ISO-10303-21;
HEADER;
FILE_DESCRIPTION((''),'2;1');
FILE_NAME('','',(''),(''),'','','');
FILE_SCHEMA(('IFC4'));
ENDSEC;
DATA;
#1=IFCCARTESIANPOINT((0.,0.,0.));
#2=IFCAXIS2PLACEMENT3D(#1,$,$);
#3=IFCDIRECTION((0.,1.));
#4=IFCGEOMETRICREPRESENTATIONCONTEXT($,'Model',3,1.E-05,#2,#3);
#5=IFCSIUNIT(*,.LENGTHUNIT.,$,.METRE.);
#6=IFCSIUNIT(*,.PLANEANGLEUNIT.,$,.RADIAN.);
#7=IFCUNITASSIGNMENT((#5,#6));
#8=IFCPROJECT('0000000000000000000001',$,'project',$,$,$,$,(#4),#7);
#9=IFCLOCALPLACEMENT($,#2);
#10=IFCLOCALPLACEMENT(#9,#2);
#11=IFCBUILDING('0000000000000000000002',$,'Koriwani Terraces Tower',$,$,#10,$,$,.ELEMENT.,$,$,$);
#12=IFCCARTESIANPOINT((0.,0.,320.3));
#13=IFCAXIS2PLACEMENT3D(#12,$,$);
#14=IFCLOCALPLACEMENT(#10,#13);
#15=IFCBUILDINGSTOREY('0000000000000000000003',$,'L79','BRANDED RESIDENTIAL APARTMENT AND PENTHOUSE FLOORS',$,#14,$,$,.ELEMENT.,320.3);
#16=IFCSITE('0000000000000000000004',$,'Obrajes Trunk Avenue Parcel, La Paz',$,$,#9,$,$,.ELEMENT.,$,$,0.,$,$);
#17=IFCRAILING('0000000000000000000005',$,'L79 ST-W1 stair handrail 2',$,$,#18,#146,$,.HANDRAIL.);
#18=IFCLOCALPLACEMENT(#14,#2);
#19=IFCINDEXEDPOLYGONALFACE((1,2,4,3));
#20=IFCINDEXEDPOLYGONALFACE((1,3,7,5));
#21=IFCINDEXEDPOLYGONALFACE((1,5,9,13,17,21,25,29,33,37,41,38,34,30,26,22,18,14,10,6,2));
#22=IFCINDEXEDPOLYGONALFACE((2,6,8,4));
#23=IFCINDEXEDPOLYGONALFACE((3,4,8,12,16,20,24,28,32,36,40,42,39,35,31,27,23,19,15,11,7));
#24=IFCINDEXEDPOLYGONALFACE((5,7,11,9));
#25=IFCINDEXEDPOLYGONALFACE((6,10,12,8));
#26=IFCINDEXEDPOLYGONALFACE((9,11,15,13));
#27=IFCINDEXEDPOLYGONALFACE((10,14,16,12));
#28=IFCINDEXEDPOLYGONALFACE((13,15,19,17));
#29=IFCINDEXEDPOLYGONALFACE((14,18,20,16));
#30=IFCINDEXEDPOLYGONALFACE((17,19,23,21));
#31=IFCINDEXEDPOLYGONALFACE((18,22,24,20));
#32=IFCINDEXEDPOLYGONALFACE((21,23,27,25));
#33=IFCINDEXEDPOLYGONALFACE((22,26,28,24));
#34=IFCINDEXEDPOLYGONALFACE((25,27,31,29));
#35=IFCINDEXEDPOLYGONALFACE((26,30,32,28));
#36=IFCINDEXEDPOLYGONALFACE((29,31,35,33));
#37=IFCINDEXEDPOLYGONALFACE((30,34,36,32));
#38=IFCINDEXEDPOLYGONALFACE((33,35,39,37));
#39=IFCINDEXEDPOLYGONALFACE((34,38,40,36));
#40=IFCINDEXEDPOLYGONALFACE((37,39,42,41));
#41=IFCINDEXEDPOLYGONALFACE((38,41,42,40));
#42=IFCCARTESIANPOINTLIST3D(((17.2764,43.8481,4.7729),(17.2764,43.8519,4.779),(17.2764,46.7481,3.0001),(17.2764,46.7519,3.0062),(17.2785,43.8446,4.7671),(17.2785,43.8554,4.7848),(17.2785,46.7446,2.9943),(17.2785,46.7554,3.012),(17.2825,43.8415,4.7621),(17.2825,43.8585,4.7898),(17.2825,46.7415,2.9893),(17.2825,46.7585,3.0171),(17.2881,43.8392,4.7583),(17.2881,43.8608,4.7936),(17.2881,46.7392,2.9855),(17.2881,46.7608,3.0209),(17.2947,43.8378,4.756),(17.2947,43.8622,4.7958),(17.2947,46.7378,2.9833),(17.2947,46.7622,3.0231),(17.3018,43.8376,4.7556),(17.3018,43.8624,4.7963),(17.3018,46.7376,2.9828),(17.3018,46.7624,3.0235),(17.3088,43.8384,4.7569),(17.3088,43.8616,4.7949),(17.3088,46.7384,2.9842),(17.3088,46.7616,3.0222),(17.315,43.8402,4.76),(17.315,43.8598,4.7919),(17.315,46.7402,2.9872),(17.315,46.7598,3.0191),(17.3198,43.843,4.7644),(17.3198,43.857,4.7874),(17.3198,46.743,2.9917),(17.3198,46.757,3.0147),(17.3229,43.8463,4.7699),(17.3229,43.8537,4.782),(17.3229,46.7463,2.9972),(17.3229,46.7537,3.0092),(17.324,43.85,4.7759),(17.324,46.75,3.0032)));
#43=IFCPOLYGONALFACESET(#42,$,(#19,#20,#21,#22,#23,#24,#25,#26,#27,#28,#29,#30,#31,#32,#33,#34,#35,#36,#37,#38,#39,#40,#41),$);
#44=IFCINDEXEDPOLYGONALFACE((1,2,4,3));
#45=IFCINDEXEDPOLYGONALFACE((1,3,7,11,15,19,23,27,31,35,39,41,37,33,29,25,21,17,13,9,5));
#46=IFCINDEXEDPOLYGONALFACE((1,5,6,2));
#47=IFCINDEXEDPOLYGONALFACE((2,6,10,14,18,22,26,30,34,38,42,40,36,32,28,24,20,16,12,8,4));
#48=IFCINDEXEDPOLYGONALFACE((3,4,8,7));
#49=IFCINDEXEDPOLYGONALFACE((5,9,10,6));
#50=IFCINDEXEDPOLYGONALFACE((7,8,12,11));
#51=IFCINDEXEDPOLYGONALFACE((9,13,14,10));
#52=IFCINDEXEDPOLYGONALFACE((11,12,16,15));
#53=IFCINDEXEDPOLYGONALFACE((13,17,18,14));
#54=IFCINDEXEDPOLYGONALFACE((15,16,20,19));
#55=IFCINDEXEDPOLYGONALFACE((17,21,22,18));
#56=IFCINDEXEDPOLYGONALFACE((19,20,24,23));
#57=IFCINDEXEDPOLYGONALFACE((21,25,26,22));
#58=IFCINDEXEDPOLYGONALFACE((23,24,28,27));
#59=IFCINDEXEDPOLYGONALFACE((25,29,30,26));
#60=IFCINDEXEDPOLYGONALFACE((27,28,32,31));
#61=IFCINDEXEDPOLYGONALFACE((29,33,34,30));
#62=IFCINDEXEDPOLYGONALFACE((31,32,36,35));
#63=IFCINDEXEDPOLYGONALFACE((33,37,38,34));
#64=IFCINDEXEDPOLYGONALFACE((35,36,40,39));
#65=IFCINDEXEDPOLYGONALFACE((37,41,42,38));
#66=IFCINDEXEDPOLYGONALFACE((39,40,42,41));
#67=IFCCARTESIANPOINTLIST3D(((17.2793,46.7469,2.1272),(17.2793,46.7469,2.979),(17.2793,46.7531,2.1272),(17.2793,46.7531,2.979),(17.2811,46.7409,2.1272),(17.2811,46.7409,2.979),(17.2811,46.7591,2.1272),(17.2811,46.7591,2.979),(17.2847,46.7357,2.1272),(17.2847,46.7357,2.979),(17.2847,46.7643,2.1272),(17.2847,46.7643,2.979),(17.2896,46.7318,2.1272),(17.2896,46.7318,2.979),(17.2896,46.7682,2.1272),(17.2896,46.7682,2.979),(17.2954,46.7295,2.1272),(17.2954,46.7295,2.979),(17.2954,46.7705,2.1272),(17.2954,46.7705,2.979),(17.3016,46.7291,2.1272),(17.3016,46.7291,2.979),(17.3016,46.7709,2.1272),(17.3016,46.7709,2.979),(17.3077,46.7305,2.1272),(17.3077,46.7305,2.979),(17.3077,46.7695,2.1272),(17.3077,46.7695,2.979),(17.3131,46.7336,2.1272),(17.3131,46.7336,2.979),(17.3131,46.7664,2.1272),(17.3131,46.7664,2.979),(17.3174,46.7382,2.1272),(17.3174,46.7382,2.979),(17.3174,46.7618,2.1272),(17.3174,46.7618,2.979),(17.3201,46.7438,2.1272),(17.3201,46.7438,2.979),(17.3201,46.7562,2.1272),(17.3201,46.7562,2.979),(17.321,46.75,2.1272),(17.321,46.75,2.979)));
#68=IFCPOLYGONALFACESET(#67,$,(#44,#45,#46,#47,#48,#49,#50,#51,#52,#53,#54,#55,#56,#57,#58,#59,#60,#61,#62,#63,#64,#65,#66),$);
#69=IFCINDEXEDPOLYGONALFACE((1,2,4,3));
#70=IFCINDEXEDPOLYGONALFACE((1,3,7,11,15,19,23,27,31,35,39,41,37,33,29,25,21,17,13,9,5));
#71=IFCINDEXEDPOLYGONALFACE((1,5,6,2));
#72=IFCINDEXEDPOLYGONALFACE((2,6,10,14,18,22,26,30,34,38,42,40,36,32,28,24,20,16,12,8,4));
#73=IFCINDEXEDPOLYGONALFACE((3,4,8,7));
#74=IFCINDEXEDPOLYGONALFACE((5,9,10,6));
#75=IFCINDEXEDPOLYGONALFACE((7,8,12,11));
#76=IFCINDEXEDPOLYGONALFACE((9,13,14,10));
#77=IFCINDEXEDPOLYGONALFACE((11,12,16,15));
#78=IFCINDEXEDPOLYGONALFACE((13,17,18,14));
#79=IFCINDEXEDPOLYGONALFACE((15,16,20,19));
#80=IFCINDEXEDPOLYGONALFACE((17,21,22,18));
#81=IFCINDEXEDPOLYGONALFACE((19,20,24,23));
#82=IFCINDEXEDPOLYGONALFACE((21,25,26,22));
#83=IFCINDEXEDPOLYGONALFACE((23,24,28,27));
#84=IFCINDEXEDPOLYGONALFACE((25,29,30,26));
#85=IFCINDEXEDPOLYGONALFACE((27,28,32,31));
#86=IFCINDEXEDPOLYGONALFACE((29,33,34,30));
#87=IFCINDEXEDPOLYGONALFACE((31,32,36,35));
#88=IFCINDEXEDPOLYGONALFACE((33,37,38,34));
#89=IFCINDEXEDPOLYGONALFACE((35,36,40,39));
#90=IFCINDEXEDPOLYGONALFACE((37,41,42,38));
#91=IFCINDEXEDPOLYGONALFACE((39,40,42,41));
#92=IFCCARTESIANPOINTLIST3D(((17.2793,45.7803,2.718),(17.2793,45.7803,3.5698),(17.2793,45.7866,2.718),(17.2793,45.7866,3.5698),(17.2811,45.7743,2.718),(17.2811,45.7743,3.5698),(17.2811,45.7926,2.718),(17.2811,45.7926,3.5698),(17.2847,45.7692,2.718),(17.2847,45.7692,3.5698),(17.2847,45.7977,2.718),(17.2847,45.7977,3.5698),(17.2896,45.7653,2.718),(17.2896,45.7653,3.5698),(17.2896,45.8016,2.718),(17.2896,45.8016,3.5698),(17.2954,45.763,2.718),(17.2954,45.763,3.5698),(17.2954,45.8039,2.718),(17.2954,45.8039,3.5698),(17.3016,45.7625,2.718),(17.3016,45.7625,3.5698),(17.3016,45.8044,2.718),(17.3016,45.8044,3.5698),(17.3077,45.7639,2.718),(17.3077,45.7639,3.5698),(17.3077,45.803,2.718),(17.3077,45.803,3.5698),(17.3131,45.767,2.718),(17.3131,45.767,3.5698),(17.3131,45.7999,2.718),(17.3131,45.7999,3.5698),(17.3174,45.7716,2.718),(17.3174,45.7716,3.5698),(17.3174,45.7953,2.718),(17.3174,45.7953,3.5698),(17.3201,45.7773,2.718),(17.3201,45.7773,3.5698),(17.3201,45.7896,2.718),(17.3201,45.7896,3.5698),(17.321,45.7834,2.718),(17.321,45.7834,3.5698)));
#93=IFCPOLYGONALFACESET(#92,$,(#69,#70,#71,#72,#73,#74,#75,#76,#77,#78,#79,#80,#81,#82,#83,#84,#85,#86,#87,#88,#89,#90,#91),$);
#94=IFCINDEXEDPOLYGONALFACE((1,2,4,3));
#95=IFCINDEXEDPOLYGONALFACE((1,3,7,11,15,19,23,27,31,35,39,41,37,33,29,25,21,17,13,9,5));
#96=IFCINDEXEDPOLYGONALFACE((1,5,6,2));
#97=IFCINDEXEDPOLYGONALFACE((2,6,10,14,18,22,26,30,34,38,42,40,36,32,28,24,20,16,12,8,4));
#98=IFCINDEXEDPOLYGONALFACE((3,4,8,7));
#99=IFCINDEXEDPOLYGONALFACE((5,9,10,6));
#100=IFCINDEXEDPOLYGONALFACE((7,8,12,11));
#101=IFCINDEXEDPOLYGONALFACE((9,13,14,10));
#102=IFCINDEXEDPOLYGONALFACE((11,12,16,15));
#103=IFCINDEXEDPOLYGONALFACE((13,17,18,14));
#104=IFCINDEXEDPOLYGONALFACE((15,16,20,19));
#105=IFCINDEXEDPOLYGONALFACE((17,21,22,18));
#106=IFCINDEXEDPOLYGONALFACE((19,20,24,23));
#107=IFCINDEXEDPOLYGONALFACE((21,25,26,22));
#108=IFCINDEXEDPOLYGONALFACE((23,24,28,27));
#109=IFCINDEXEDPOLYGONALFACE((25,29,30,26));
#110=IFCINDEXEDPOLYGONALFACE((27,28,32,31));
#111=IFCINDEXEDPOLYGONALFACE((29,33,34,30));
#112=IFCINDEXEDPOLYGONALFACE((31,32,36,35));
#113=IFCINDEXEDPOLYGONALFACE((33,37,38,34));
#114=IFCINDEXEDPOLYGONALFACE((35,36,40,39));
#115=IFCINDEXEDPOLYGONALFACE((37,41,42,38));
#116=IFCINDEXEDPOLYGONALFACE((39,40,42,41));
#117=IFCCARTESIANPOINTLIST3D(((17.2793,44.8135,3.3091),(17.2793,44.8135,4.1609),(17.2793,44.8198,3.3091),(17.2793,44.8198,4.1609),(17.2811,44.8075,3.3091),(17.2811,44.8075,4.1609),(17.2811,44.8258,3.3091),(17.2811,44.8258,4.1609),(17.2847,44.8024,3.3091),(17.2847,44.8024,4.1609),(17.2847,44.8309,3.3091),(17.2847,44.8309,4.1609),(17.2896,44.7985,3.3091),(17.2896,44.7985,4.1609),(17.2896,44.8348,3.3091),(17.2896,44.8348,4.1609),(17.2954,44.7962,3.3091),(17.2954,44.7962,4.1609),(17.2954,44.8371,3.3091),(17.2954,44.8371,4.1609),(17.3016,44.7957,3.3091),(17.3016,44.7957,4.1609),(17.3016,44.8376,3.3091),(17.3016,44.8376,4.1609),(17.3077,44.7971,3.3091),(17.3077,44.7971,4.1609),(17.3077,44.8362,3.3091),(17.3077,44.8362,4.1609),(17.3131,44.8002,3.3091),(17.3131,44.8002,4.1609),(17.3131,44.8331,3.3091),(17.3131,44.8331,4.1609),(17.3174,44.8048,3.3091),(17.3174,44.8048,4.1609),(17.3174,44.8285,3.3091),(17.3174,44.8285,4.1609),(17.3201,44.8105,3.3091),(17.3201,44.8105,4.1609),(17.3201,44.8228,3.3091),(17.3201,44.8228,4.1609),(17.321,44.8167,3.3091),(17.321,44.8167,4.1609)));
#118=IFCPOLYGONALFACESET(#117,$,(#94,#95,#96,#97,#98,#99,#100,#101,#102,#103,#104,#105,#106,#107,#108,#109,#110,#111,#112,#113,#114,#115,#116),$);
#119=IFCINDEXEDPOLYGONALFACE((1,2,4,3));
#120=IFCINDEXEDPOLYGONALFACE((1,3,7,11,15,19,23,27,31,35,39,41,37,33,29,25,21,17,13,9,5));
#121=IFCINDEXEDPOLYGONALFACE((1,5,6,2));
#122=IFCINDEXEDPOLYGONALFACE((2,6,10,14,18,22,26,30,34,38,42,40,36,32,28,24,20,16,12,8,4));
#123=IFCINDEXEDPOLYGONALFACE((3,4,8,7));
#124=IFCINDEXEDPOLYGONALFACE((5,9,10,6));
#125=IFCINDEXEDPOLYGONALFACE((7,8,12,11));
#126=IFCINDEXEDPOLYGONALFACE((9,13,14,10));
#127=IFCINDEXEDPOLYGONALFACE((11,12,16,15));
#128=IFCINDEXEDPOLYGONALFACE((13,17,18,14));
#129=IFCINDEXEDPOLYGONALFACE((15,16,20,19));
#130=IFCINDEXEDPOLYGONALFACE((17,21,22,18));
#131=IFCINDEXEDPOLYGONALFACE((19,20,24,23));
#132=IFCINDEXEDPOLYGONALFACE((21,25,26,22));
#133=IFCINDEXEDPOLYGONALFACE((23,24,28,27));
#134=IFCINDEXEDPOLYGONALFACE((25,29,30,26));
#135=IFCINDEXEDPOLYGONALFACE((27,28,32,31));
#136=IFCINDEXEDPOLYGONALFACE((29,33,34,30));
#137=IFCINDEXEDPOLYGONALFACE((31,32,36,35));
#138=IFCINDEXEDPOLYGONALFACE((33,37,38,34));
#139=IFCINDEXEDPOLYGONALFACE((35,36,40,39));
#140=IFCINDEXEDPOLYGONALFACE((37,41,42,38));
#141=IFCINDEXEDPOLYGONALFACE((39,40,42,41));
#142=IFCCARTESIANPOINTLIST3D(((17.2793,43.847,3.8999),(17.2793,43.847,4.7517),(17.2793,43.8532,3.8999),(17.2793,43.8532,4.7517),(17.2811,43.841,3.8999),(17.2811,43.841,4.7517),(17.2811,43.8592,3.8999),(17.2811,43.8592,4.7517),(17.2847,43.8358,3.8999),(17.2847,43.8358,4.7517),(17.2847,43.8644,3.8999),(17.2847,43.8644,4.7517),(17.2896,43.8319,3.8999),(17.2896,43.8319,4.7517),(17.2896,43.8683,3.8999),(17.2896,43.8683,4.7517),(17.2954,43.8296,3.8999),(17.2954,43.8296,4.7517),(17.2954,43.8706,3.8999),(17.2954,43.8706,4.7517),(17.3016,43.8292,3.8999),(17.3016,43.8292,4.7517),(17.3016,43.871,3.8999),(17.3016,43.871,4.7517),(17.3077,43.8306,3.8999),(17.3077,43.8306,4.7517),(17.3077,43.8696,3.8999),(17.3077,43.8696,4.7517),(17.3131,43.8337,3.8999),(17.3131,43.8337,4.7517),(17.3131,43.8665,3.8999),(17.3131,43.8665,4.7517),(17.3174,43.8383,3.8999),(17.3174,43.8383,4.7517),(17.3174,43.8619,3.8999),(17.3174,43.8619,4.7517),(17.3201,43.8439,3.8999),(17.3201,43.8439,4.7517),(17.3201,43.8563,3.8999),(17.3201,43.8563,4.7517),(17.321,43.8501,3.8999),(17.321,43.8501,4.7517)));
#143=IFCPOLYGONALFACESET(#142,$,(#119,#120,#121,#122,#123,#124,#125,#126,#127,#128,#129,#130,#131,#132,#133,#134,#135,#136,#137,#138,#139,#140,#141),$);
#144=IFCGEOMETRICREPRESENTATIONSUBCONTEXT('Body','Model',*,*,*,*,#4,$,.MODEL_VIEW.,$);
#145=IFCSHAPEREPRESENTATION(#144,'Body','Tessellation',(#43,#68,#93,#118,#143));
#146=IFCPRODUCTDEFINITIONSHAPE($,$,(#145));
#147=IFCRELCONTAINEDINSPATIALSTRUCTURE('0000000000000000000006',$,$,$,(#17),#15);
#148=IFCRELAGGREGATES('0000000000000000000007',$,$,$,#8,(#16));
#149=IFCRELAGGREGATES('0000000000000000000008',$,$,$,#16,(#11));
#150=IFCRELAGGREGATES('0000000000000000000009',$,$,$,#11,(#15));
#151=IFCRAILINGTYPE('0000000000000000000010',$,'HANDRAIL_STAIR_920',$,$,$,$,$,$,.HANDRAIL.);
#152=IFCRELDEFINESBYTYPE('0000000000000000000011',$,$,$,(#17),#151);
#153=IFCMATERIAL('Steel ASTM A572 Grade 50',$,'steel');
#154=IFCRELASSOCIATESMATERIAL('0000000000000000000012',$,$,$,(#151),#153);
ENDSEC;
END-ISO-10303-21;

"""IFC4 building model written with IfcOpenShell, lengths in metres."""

from ifc_helpers import new_model, si_unit, direction, frame, origin, origin_2d, place, context, subcontext, project, spatial, circle, extrude, material, type_object, element, save


model = new_model("IFC4")

# Units and contexts
model_context = context("Model", 3, precision=1e-05, world=origin(), true_north=direction((0.0, 1.0)))
body_context = subcontext(model_context, "Body", "Model", "MODEL_VIEW")
ifc_project = project(units=[si_unit("LENGTHUNIT", "METRE"), si_unit("PLANEANGLEUNIT", "RADIAN")], contexts=[model_context])

# Site, building, storey
site_placement = place(None, origin())
site = spatial("IfcSite", under=ifc_project, at=site_placement, Name="Obrajes Trunk Avenue Parcel, La Paz", CompositionType="ELEMENT", RefElevation=0.0)
building_placement = place(site_placement, origin())
building = spatial("IfcBuilding", under=site, at=building_placement, Name="Koriwani Terraces Tower", CompositionType="ELEMENT")
storey_placement = place(building_placement, frame((0.0, 0.0, 320.3)))
storey = spatial("IfcBuildingStorey", under=building, at=storey_placement, Name="L79", Description="BRANDED RESIDENTIAL APARTMENT AND PENTHOUSE FLOORS", CompositionType="ELEMENT", Elevation=320.3)

# Shared definitions
ifc_material_1 = material(Name="Steel ASTM A572 Grade 50", Category="steel")

# Railing
railing_type_1 = type_object("IfcRailingType", Name="HANDRAIL_STAIR_920", PredefinedType="HANDRAIL", material=ifc_material_1)
railing_1_placement = place(storey_placement, frame((17.3, 46.75, 2.1272)))
element("IfcRailing", 1, at=railing_1_placement, inside=storey, type_object=railing_type_1, Name="L79 ST-W1 stair handrail 2", PredefinedType="HANDRAIL", context=body_context, shape_type="SweptSolid", body=[
    extrude(circle(Radius=0.0239, at=origin_2d()), frame((0.0, 0.0, 0.876), z_axis=(0.0, -0.853211, 0.521566), x_axis=(1.0, 0.0, 0.0)), (0.0, 0.0, 1.0), 3.3989),
    extrude(circle(Radius=0.021, at=origin_2d()), origin(), (0.0, 0.0, 1.0), 0.8518),
    extrude(circle(Radius=0.021, at=origin_2d()), frame((0.0, -0.9666, 0.5908)), (0.0, 0.0, 1.0), 0.8518),
    extrude(circle(Radius=0.021, at=origin_2d()), frame((0.0, -1.9333, 1.1819)), (0.0, 0.0, 1.0), 0.8518),
    extrude(circle(Radius=0.021, at=origin_2d()), frame((0.0, -2.8999, 1.7727)), (0.0, 0.0, 1.0), 0.8518),
])

save(model, "model.ifc")
